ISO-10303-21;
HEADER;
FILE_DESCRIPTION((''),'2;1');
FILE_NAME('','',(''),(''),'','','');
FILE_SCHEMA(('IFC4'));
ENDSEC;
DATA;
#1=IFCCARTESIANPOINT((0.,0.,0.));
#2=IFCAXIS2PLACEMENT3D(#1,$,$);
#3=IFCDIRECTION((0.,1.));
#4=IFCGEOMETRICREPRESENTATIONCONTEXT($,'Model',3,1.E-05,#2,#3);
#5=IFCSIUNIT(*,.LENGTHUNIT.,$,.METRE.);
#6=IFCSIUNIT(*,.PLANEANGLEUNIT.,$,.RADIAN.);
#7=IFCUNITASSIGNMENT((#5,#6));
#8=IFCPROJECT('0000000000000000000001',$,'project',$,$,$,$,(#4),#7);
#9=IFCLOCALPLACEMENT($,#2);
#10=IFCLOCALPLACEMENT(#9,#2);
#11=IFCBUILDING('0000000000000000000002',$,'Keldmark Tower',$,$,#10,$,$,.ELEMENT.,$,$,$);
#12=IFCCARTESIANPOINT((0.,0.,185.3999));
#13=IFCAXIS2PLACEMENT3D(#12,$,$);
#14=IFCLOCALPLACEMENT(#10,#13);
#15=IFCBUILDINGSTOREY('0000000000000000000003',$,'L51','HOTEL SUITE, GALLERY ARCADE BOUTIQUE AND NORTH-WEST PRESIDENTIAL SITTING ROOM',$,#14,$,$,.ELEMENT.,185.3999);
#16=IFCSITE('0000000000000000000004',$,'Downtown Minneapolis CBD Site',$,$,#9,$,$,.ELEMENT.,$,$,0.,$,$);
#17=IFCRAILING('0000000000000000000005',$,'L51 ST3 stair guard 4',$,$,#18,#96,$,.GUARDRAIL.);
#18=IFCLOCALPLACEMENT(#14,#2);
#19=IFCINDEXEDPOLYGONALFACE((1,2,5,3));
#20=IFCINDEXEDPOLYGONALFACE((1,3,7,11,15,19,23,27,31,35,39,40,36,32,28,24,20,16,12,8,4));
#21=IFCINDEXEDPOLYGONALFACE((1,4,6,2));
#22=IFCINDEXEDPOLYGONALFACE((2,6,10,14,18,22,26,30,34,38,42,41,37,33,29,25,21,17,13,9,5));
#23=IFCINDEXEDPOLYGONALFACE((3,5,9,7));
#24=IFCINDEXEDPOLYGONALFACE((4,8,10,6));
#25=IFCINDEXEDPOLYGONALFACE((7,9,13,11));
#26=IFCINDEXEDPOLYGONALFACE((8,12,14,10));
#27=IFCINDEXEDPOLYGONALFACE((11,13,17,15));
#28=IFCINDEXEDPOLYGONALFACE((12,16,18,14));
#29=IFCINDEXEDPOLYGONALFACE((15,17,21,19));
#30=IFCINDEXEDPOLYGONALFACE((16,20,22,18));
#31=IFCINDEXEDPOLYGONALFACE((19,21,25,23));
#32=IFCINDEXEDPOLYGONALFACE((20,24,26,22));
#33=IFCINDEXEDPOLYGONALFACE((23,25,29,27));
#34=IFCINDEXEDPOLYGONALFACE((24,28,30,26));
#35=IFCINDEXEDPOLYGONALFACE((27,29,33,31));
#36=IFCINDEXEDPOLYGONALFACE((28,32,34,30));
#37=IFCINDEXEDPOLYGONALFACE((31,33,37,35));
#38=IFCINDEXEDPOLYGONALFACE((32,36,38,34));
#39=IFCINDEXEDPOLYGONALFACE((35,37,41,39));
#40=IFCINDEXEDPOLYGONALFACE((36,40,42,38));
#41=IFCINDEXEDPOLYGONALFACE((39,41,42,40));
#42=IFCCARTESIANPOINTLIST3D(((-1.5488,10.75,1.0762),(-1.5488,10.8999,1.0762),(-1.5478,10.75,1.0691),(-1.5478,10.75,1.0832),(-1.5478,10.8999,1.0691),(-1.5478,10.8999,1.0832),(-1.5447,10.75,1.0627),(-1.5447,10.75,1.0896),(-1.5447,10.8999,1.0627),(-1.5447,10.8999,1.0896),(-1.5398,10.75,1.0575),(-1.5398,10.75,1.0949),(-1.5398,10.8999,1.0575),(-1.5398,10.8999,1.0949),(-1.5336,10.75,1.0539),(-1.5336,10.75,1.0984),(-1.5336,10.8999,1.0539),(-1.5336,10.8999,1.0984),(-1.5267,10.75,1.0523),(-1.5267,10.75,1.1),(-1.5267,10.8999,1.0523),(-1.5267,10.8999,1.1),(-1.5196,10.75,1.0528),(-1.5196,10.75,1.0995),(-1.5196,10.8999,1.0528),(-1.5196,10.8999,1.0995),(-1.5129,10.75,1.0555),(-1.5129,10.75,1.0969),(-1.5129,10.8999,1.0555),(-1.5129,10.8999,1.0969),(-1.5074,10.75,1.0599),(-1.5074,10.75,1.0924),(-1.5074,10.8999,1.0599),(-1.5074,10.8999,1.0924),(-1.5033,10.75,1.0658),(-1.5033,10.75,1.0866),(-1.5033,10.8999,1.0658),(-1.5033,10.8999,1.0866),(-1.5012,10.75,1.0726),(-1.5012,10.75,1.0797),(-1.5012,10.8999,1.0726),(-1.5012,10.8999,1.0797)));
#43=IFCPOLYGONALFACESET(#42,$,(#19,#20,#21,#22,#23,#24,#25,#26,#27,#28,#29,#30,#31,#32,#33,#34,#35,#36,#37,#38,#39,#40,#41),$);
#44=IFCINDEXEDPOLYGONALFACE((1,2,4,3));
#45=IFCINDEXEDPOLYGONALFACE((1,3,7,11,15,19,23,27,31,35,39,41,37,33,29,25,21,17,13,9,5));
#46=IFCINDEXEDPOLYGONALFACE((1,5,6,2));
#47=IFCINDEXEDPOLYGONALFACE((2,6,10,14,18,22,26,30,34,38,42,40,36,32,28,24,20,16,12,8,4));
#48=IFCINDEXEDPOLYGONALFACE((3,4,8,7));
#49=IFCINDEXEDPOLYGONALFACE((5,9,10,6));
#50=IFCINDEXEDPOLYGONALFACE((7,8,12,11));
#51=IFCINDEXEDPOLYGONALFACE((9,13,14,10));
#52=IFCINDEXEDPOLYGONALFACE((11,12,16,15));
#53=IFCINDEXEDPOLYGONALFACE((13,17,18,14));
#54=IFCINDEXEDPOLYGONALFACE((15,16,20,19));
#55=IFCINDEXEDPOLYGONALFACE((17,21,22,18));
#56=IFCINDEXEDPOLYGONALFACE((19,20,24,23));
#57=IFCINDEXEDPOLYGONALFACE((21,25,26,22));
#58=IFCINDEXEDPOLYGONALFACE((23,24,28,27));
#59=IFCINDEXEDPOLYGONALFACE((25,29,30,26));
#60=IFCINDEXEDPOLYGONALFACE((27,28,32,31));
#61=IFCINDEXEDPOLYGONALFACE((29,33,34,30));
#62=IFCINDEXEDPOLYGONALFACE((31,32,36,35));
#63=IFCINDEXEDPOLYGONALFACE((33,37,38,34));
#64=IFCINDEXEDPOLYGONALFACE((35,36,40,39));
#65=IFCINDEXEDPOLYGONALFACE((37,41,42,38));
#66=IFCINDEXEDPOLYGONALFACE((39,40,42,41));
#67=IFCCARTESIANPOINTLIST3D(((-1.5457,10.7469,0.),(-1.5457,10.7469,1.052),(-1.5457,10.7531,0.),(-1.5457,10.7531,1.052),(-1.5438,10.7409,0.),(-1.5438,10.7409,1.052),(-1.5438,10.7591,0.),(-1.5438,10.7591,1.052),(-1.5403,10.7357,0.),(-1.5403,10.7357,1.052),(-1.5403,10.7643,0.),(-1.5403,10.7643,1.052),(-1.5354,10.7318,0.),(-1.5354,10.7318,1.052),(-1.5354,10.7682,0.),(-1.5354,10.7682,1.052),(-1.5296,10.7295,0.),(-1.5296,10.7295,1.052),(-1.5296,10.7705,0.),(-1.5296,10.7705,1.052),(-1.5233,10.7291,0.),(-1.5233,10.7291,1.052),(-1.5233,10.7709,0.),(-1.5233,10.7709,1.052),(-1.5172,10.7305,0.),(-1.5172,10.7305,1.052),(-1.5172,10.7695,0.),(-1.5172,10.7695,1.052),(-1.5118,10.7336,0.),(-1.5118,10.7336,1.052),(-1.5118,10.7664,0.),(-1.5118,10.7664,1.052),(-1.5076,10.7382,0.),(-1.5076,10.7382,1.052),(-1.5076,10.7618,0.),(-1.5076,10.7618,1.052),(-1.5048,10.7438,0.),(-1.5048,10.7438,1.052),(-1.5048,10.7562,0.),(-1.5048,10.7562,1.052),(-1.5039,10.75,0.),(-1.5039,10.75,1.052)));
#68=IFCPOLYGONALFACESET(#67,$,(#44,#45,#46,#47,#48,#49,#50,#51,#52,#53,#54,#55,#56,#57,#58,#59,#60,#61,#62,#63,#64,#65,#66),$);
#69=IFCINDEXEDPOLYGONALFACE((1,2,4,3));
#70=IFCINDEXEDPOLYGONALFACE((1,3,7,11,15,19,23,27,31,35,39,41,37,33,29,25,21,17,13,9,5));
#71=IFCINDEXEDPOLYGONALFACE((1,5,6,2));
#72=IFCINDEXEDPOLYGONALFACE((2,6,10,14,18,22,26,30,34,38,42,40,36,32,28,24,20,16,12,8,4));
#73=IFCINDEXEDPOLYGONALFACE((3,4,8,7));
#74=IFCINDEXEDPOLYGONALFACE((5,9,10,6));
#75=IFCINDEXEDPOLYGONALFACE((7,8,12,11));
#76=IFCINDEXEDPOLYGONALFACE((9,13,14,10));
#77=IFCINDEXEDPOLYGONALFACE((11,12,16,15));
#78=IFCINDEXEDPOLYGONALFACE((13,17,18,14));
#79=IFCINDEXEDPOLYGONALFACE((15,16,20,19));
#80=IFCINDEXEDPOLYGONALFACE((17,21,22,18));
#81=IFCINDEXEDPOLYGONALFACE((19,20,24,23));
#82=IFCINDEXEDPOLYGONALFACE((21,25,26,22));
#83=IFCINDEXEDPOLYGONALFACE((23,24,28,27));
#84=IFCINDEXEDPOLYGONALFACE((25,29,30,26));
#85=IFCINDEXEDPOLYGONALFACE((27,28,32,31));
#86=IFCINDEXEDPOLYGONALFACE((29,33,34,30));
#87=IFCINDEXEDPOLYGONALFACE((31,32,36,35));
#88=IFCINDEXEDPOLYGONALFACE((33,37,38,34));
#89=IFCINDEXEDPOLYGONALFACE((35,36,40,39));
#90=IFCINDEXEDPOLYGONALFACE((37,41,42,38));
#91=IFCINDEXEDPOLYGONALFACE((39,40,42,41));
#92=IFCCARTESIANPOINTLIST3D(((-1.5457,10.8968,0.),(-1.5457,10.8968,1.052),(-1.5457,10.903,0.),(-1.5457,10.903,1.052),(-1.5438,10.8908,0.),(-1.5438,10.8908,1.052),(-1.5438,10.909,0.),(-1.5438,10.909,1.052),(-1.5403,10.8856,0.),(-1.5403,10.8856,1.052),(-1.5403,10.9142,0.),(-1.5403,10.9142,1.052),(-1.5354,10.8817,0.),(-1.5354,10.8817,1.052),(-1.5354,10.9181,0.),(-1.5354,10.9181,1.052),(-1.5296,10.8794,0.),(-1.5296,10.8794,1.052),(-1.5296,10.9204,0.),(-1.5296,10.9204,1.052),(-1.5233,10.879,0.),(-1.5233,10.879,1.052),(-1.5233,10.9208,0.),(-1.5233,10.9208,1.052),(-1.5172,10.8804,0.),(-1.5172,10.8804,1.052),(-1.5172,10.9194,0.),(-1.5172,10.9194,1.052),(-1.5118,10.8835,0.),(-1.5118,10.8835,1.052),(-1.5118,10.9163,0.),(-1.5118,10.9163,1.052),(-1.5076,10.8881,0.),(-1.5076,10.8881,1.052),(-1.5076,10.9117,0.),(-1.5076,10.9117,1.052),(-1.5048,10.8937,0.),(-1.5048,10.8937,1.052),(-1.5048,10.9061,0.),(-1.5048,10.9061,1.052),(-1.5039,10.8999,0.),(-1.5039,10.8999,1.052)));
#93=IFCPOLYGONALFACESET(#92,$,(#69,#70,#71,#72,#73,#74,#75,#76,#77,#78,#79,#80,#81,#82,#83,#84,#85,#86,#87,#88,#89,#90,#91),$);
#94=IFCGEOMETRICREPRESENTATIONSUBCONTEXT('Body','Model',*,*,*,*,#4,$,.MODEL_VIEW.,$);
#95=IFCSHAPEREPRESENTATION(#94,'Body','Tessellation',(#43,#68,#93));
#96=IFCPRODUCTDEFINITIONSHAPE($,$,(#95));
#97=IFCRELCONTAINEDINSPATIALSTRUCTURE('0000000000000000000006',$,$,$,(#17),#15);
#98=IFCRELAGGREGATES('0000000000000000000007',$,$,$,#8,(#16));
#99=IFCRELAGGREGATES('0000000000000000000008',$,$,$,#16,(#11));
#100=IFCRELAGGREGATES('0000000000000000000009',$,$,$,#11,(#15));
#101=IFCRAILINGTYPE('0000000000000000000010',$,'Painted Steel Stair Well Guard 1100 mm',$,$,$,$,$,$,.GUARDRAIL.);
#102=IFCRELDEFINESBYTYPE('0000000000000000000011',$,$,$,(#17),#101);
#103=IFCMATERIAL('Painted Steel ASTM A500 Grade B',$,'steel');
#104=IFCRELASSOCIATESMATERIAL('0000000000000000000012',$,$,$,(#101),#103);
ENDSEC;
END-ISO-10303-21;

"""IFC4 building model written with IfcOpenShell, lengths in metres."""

from ifc_helpers import new_model, si_unit, direction, frame, origin, origin_2d, place, context, subcontext, project, spatial, circle, extrude, material, type_object, element, save


model = new_model("IFC4")

# Units and contexts
model_context = context("Model", 3, precision=1e-05, world=origin(), true_north=direction((0.0, 1.0)))
body_context = subcontext(model_context, "Body", "Model", "MODEL_VIEW")
ifc_project = project(units=[si_unit("LENGTHUNIT", "METRE"), si_unit("PLANEANGLEUNIT", "RADIAN")], contexts=[model_context])

# Site, building, storey
site_placement = place(None, origin())
site = spatial("IfcSite", under=ifc_project, at=site_placement, Name="Downtown Minneapolis CBD Site", CompositionType="ELEMENT", RefElevation=0.0)
building_placement = place(site_placement, origin())
building = spatial("IfcBuilding", under=site, at=building_placement, Name="Keldmark Tower", CompositionType="ELEMENT")
storey_placement = place(building_placement, frame((0.0, 0.0, 185.3999)))
storey = spatial("IfcBuildingStorey", under=building, at=storey_placement, Name="L51", Description="HOTEL SUITE, GALLERY ARCADE BOUTIQUE AND NORTH-WEST PRESIDENTIAL SITTING ROOM", CompositionType="ELEMENT", Elevation=185.3999)

# Railing
ifc_material_1 = material(Name="Painted Steel ASTM A500 Grade B", Category="steel")
railing_type = type_object("IfcRailingType", Name="Painted Steel Stair Well Guard 1100 mm", PredefinedType="GUARDRAIL", material=ifc_material_1)
railing_1_placement = place(storey_placement, frame((-1.5249, 10.75, 0.0)))
element("IfcRailing", 1, at=railing_1_placement, inside=storey, type_object=railing_type, Name="L51 ST3 stair guard 4", PredefinedType="GUARDRAIL", context=body_context, shape_type="SweptSolid", body=[
    extrude(circle(Radius=0.0239, at=origin_2d()), frame((0.0, 0.0, 1.0762), z_axis=(0.0, 1.0, 0.0), x_axis=(-1.0, 0.0, 0.0)), (0.0, 0.0, 1.0), 0.1499),
    extrude(circle(Radius=0.021, at=origin_2d()), origin(), (0.0, 0.0, 1.0), 1.052),
    extrude(circle(Radius=0.021, at=origin_2d()), frame((0.0, 0.1499, 0.0)), (0.0, 0.0, 1.0), 1.052),
])

save(model, "model.ifc")
